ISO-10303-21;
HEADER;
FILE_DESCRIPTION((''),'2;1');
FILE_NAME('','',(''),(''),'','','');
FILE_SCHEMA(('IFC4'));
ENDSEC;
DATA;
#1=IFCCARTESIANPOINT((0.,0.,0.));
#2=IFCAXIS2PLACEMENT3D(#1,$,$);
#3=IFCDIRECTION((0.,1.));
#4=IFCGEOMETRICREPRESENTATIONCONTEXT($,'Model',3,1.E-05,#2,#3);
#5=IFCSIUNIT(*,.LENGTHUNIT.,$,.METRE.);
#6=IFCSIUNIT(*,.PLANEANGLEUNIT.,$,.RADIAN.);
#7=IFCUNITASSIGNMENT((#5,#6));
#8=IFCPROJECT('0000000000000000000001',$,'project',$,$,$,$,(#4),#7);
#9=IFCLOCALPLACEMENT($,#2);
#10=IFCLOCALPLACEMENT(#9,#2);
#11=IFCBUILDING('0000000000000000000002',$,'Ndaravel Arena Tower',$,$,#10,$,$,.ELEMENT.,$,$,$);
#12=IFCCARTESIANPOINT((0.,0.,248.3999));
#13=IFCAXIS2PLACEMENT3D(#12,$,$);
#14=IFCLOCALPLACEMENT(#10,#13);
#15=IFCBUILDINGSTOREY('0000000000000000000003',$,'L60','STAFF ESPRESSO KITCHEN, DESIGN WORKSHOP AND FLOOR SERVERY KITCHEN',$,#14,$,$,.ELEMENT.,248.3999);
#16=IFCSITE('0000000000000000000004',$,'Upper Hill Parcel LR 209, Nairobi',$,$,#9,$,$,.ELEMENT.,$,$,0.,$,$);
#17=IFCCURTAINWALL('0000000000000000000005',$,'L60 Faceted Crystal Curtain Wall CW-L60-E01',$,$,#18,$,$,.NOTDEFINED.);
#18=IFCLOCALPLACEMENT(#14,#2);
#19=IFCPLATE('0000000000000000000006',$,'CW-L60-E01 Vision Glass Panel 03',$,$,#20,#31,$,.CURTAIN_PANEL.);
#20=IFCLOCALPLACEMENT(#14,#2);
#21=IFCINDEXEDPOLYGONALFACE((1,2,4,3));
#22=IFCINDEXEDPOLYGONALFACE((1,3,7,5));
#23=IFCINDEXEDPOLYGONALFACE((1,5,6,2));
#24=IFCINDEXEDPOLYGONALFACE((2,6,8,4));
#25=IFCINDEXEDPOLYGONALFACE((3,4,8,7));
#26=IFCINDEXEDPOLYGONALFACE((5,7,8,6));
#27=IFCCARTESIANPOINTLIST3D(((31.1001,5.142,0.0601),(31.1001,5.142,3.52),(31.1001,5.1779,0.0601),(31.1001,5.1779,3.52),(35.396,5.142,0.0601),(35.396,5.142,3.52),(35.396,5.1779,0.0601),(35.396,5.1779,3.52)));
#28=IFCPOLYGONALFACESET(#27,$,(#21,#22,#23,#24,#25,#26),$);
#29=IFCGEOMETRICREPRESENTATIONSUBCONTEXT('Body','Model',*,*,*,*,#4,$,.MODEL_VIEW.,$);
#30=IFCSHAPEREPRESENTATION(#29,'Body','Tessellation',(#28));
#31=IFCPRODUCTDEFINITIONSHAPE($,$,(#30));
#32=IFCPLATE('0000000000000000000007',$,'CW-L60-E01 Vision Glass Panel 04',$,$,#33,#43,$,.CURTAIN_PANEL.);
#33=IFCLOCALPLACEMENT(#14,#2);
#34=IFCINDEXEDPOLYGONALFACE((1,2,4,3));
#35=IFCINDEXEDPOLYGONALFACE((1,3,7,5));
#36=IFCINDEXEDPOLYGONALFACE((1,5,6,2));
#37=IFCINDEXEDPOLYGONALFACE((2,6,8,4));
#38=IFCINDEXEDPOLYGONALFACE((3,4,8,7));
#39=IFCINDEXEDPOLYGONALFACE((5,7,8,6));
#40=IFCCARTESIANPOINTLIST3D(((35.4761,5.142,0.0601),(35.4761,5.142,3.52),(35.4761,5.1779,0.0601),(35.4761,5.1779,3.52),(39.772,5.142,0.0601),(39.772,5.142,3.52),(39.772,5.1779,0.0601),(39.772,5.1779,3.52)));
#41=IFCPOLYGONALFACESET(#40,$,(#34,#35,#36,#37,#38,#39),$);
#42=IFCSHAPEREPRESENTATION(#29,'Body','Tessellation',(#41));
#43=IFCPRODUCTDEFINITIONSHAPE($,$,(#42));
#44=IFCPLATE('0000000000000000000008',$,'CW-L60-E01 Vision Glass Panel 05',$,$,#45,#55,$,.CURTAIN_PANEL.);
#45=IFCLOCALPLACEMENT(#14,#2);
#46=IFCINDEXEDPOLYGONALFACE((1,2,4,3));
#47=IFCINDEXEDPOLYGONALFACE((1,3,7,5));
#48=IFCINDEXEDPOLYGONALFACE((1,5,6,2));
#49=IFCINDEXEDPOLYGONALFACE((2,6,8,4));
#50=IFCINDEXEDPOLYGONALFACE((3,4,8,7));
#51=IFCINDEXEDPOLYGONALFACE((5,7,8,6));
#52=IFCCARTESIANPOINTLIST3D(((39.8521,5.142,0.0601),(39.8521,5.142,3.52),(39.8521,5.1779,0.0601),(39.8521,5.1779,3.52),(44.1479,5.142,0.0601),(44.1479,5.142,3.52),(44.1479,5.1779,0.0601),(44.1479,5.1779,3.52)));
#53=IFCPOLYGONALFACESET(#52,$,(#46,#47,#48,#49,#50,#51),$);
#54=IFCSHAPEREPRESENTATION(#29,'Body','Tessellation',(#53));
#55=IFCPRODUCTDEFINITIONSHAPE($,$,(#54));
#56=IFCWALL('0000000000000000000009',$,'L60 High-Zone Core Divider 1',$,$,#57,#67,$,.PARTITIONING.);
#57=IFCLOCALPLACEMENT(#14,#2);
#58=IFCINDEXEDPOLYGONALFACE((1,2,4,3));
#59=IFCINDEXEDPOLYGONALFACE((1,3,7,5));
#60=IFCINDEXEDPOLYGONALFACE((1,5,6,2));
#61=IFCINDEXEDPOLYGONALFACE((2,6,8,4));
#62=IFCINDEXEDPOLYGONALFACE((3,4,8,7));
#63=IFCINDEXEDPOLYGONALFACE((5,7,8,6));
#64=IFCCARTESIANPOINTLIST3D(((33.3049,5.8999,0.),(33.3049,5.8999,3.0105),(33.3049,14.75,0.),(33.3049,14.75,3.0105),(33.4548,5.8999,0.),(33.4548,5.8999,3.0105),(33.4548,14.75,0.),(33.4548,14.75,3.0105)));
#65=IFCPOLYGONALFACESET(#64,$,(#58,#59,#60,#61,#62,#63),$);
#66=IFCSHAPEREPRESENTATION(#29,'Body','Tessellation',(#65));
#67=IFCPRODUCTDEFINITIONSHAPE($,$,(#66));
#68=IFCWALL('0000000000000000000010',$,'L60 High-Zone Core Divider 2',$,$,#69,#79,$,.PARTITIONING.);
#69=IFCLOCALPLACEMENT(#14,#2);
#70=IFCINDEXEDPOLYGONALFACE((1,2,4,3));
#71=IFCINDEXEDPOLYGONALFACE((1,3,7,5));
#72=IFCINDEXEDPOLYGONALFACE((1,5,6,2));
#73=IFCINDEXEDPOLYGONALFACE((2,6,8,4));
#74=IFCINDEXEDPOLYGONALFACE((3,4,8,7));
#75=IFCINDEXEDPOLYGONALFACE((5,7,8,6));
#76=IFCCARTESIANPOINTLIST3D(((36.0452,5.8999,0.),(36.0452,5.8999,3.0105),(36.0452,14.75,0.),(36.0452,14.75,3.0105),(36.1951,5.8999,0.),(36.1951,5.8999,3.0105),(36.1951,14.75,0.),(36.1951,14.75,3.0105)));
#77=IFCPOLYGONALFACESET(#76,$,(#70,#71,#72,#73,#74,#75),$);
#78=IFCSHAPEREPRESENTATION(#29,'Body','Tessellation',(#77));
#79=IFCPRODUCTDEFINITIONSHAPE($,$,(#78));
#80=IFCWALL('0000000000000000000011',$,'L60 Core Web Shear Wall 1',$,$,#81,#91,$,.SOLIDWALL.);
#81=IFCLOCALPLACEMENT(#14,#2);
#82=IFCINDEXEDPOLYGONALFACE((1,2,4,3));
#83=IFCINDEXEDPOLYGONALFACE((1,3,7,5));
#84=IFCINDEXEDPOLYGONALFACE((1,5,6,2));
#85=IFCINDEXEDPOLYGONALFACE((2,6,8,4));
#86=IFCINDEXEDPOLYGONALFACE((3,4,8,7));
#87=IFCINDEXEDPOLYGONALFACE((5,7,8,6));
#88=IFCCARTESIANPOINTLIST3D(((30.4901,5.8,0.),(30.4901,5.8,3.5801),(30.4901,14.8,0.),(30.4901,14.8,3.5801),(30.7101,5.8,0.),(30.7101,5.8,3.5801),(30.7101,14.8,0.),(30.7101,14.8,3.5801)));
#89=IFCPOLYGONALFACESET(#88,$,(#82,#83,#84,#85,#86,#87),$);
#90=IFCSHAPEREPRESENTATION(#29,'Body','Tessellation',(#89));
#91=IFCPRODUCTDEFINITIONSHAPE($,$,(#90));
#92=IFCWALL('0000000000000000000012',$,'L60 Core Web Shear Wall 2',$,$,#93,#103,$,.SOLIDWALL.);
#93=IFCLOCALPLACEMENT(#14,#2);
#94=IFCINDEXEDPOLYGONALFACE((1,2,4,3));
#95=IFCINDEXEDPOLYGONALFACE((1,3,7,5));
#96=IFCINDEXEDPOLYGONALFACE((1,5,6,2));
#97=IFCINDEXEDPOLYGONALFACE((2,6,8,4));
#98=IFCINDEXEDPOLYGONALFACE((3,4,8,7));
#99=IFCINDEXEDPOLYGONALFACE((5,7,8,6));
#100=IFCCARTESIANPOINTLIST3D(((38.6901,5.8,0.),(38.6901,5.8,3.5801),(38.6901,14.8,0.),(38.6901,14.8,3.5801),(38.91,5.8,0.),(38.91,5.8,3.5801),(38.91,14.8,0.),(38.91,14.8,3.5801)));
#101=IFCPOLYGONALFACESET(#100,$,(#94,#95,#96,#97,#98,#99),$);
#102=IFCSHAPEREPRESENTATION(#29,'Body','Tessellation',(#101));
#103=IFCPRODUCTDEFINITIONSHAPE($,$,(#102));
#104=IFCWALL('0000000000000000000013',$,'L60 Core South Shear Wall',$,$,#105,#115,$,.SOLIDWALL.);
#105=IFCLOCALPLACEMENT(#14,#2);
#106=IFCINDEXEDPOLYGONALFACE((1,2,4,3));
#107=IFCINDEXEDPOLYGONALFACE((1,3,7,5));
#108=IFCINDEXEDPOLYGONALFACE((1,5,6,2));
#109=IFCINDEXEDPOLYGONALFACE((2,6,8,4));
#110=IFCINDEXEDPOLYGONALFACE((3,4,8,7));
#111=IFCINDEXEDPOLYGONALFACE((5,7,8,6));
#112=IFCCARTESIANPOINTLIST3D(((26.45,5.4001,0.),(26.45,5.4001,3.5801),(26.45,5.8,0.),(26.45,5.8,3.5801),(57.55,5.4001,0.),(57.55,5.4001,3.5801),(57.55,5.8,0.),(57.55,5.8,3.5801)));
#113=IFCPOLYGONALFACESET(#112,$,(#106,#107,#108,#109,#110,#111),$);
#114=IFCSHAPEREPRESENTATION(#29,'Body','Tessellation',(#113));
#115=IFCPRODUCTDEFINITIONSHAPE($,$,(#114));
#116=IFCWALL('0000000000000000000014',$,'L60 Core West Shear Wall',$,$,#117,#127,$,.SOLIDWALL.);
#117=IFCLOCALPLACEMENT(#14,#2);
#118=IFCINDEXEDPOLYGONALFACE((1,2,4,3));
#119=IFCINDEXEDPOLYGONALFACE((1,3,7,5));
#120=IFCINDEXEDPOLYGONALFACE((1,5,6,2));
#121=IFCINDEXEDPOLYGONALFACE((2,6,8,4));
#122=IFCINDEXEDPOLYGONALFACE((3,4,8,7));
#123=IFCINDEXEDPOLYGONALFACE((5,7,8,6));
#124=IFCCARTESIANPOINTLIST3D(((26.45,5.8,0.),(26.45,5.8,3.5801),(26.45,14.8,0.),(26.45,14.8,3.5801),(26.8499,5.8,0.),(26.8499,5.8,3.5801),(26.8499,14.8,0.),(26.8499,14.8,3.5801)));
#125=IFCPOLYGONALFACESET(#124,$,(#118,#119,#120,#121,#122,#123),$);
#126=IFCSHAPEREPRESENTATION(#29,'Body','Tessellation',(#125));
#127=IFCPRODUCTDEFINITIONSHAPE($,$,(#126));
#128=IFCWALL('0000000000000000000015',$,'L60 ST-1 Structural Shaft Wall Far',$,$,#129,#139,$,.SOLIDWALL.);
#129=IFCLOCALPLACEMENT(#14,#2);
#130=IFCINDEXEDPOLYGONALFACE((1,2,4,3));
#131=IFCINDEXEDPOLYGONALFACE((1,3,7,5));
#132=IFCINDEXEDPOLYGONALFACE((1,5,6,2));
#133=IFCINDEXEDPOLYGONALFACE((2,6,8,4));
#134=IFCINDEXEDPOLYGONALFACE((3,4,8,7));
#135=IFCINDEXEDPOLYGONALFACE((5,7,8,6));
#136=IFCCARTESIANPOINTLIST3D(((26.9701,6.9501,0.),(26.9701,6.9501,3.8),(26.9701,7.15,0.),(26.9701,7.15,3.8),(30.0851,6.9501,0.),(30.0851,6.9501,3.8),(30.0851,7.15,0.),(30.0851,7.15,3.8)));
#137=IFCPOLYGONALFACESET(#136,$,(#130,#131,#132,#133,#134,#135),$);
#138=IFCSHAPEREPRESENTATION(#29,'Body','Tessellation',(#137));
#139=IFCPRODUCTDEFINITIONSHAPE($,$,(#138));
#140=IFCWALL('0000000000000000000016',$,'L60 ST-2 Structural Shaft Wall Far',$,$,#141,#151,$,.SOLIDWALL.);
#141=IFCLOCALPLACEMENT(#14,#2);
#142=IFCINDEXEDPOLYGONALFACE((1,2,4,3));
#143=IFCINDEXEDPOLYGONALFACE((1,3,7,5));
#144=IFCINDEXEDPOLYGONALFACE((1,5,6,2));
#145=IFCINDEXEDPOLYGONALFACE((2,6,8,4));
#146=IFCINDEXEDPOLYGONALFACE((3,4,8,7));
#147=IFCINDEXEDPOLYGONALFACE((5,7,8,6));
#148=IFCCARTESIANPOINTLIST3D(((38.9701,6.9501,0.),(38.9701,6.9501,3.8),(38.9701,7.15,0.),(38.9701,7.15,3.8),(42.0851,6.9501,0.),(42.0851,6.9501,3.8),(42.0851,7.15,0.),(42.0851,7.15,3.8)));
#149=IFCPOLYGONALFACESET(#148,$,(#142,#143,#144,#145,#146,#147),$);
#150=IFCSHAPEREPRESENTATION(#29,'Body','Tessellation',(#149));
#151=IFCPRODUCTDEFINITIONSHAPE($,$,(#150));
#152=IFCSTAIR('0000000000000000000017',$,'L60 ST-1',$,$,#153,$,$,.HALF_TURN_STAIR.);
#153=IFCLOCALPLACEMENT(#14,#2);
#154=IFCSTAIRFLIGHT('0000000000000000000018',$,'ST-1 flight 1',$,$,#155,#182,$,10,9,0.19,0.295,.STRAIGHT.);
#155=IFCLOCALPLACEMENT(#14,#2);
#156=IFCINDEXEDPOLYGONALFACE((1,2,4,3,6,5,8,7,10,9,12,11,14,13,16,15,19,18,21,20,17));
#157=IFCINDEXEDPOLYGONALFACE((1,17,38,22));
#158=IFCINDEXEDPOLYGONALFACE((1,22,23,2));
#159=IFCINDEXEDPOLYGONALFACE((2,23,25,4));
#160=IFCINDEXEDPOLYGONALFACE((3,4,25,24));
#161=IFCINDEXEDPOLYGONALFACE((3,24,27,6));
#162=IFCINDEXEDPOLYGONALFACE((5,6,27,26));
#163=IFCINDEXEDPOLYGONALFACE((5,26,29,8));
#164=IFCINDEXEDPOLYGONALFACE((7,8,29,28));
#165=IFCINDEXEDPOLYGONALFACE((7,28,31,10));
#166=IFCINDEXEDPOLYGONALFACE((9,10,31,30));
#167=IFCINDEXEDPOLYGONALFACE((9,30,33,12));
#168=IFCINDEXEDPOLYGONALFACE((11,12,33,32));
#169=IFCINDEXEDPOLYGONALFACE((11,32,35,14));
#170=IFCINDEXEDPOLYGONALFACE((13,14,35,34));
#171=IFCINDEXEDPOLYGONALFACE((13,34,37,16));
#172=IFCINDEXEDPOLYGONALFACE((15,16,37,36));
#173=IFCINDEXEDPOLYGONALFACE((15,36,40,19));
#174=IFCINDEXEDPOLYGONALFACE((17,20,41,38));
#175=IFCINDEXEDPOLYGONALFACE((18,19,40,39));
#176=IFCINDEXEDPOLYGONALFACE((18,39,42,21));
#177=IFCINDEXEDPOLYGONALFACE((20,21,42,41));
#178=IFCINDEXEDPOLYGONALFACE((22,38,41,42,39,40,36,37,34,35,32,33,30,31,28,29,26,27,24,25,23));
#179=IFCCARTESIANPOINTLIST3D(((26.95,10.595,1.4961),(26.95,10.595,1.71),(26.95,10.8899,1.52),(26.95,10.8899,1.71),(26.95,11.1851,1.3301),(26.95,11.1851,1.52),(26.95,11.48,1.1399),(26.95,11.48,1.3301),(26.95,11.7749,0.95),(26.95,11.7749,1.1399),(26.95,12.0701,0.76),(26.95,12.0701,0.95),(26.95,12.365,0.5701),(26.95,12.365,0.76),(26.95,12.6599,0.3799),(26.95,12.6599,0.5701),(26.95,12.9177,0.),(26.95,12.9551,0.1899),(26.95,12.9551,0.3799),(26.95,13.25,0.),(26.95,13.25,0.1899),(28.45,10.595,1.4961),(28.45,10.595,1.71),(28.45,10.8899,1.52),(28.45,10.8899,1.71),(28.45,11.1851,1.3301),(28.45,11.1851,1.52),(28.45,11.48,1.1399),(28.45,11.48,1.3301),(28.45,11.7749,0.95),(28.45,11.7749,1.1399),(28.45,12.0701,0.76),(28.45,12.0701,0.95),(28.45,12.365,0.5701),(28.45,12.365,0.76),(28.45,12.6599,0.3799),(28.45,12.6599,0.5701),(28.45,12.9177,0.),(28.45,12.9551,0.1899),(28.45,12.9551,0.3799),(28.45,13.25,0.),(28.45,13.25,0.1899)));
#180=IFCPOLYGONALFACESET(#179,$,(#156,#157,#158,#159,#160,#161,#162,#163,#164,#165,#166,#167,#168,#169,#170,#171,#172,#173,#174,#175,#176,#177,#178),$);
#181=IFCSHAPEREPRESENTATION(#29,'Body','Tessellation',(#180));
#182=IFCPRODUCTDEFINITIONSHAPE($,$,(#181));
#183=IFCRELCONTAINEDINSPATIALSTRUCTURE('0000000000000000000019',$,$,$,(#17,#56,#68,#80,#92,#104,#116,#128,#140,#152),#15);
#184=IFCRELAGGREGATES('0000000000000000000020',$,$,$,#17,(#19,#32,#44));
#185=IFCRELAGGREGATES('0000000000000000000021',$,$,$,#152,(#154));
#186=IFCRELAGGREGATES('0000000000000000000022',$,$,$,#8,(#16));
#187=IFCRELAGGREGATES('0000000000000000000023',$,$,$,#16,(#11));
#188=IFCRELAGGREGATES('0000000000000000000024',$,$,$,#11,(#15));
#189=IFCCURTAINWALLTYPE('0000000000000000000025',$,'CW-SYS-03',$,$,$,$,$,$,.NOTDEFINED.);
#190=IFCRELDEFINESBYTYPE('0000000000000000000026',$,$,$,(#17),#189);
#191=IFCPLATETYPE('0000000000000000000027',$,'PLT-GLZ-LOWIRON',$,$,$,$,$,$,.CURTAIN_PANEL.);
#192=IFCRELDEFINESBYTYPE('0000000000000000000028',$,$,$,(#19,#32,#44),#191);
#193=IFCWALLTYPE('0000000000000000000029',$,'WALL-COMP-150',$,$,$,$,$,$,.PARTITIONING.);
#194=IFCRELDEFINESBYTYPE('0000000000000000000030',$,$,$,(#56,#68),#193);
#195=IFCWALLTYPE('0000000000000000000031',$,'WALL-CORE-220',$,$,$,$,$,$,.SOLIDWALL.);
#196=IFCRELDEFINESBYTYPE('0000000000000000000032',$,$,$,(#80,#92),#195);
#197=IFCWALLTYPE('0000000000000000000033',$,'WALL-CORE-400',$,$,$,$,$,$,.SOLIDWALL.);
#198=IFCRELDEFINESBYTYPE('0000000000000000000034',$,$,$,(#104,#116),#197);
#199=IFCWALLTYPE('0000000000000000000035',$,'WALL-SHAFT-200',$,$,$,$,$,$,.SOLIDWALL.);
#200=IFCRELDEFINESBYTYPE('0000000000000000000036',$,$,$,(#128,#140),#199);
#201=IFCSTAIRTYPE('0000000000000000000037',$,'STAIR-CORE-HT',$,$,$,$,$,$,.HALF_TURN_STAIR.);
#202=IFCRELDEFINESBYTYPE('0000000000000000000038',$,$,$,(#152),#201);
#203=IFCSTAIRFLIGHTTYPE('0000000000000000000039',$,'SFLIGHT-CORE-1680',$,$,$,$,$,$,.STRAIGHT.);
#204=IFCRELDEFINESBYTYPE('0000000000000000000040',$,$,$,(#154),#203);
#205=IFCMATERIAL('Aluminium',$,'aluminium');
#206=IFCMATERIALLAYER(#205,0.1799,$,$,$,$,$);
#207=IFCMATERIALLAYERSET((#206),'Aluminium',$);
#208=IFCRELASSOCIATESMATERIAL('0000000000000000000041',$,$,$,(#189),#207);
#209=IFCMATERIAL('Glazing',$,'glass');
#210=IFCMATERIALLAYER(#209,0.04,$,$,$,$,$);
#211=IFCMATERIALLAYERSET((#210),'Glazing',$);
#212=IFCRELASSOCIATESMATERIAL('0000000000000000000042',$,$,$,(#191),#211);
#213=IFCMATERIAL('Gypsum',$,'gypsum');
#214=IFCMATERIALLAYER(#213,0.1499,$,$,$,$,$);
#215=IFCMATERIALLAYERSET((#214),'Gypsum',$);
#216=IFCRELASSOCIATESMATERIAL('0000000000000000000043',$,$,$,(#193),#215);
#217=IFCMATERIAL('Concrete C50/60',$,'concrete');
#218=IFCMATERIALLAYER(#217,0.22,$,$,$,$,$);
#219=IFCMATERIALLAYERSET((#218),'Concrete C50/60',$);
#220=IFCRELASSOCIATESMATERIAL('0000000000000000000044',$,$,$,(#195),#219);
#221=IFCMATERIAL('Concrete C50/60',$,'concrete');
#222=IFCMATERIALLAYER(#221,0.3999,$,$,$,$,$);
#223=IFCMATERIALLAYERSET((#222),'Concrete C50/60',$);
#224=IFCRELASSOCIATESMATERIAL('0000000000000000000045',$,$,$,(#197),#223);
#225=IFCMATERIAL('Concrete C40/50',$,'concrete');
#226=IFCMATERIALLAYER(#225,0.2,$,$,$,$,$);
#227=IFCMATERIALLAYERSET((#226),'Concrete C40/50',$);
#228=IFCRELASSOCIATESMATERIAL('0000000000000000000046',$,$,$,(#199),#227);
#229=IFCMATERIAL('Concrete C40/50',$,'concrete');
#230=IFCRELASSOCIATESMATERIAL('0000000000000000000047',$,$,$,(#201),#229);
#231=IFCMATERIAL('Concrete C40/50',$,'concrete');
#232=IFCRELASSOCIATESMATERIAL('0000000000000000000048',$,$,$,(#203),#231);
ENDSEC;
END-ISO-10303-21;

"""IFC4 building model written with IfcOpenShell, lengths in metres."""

from ifc_helpers import new_model, si_unit, direction, frame, frame_2d, origin, origin_2d, place, context, subcontext, project, spatial, polyline, rectangle, outline, extrude, material, layer, layer_set, type_object, element, aggregate, save


model = new_model("IFC4")

# Units and contexts
model_context = context("Model", 3, precision=1e-05, world=origin(), true_north=direction((0.0, 1.0)))
body_context = subcontext(model_context, "Body", "Model", "MODEL_VIEW")
ifc_project = project(units=[si_unit("LENGTHUNIT", "METRE"), si_unit("PLANEANGLEUNIT", "RADIAN")], contexts=[model_context])

# Site, building, storey
site_placement = place(None, origin())
site = spatial("IfcSite", under=ifc_project, at=site_placement, Name="Upper Hill Parcel LR 209, Nairobi", CompositionType="ELEMENT", RefElevation=0.0)
building_placement = place(site_placement, origin())
building = spatial("IfcBuilding", under=site, at=building_placement, Name="Ndaravel Arena Tower", CompositionType="ELEMENT")
storey_placement = place(building_placement, frame((0.0, 0.0, 248.3999)))
storey = spatial("IfcBuildingStorey", under=building, at=storey_placement, Name="L60", Description="STAFF ESPRESSO KITCHEN, DESIGN WORKSHOP AND FLOOR SERVERY KITCHEN", CompositionType="ELEMENT", Elevation=248.3999)

# Curtain wall, plates
ifc_material_1 = material(Name="Aluminium", Category="aluminium")
ifc_layer_1 = layer(ifc_material_1, 0.1799)
ifc_layer_set_1 = layer_set([ifc_layer_1], Name="Aluminium")
curtain_wall_type = type_object("IfcCurtainWallType", Name="CW-SYS-03", PredefinedType="NOTDEFINED", material=ifc_layer_set_1)
curtain_wall_placement = place(storey_placement, origin())
curtain_wall = element("IfcCurtainWall", 1, at=curtain_wall_placement, inside=storey, type_object=curtain_wall_type, Name="L60 Faceted Crystal Curtain Wall CW-L60-E01", PredefinedType="NOTDEFINED")
ifc_material_2 = material(Name="Glazing", Category="glass")
ifc_layer_2 = layer(ifc_material_2, 0.04)
ifc_layer_set_2 = layer_set([ifc_layer_2], Name="Glazing")
plate_type = type_object("IfcPlateType", Name="PLT-GLZ-LOWIRON", PredefinedType="CURTAIN_PANEL", material=ifc_layer_set_2)
plate_1_placement = place(storey_placement, frame((33.248, 5.1599, 0.0601), z_axis=(0.0, 0.0, 1.0), x_axis=(1.0, 0.0, 0.0)))
plate_1 = element("IfcPlate", 2, at=plate_1_placement, type_object=plate_type, Name="CW-L60-E01 Vision Glass Panel 03", PredefinedType="CURTAIN_PANEL", context=body_context, shape_type="SweptSolid", body=[
    extrude(rectangle(XDim=4.2959, YDim=0.0359, at=origin_2d()), origin(), (0.0, 0.0, 1.0), 3.46),
])
plate_2_placement = place(storey_placement, frame((37.624, 5.1599, 0.0601), z_axis=(0.0, 0.0, 1.0), x_axis=(1.0, 0.0, 0.0)))
plate_2 = element("IfcPlate", 3, at=plate_2_placement, type_object=plate_type, Name="CW-L60-E01 Vision Glass Panel 04", PredefinedType="CURTAIN_PANEL", context=body_context, shape_type="SweptSolid", body=[
    extrude(rectangle(XDim=4.2959, YDim=0.0359, at=origin_2d()), origin(), (0.0, 0.0, 1.0), 3.46),
])
plate_3_placement = place(storey_placement, frame((42.0, 5.1599, 0.0601), z_axis=(0.0, 0.0, 1.0), x_axis=(1.0, 0.0, 0.0)))
plate_3 = element("IfcPlate", 4, at=plate_3_placement, type_object=plate_type, Name="CW-L60-E01 Vision Glass Panel 05", PredefinedType="CURTAIN_PANEL", context=body_context, shape_type="SweptSolid", body=[
    extrude(rectangle(XDim=4.2959, YDim=0.0359, at=origin_2d()), origin(), (0.0, 0.0, 1.0), 3.46),
])
aggregate(curtain_wall, [plate_1, plate_2, plate_3])

# Walls
ifc_material_3 = material(Name="Gypsum", Category="gypsum")
ifc_layer_3 = layer(ifc_material_3, 0.1499)
ifc_layer_set_3 = layer_set([ifc_layer_3], Name="Gypsum")
wall_type_1 = type_object("IfcWallType", Name="WALL-COMP-150", PredefinedType="PARTITIONING", material=ifc_layer_set_3)
for number, where, z_axis, x_axis, name in (
    (5, (33.3799, 5.8999, 0.0), (0.0, 0.0, 1.0), (0.0, 1.0, 0.0), "L60 High-Zone Core Divider 1"),
    (6, (36.1201, 5.8999, 0.0), (0.0, 0.0, 1.0), (0.0, 1.0, 0.0), "L60 High-Zone Core Divider 2"),
):
    element("IfcWall", number, at=place(storey_placement, frame(where, z_axis=z_axis, x_axis=x_axis)), inside=storey, type_object=wall_type_1, Name=name, PredefinedType="PARTITIONING", context=body_context, shape_type="SweptSolid", body=[
        extrude(rectangle(XDim=8.8501, YDim=0.1499, at=frame_2d((4.425, 0.0))), origin(), (0.0, 0.0, 1.0), 3.0105),
    ])
ifc_material_4 = material(Name="Concrete C50/60", Category="concrete")
ifc_layer_4 = layer(ifc_material_4, 0.22)
ifc_layer_set_4 = layer_set([ifc_layer_4], Name="Concrete C50/60")
wall_type_2 = type_object("IfcWallType", Name="WALL-CORE-220", PredefinedType="SOLIDWALL", material=ifc_layer_set_4)
for number, where, z_axis, x_axis, name in (
    (7, (30.6001, 5.8, 0.0), (0.0, 0.0, 1.0), (0.0, 1.0, 0.0), "L60 Core Web Shear Wall 1"),
    (8, (38.8, 5.8, 0.0), (0.0, 0.0, 1.0), (0.0, 1.0, 0.0), "L60 Core Web Shear Wall 2"),
):
    element("IfcWall", number, at=place(storey_placement, frame(where, z_axis=z_axis, x_axis=x_axis)), inside=storey, type_object=wall_type_2, Name=name, PredefinedType="SOLIDWALL", context=body_context, shape_type="SweptSolid", body=[
        extrude(rectangle(XDim=9.0, YDim=0.22, at=frame_2d((4.5, 0.0))), origin(), (0.0, 0.0, 1.0), 3.5801),
    ])
ifc_material_5 = material(Name="Concrete C50/60", Category="concrete")
ifc_layer_5 = layer(ifc_material_5, 0.3999)
ifc_layer_set_5 = layer_set([ifc_layer_5], Name="Concrete C50/60")
wall_type_3 = type_object("IfcWallType", Name="WALL-CORE-400", PredefinedType="SOLIDWALL", material=ifc_layer_set_5)
wall_1_placement = place(storey_placement, frame((26.45, 5.6001, 0.0), z_axis=(0.0, 0.0, 1.0), x_axis=(1.0, 0.0, 0.0)))
element("IfcWall", 9, at=wall_1_placement, inside=storey, type_object=wall_type_3, Name="L60 Core South Shear Wall", PredefinedType="SOLIDWALL", context=body_context, shape_type="SweptSolid", body=[
    extrude(rectangle(XDim=31.1001, YDim=0.3999, at=frame_2d((15.55, 0.0))), origin(), (0.0, 0.0, 1.0), 3.5801),
])
wall_2_placement = place(storey_placement, frame((26.6499, 5.8, 0.0), z_axis=(0.0, 0.0, 1.0), x_axis=(0.0, 1.0, 0.0)))
element("IfcWall", 10, at=wall_2_placement, inside=storey, type_object=wall_type_3, Name="L60 Core West Shear Wall", PredefinedType="SOLIDWALL", context=body_context, shape_type="SweptSolid", body=[
    extrude(rectangle(XDim=9.0, YDim=0.3999, at=frame_2d((4.5, 0.0))), origin(), (0.0, 0.0, 1.0), 3.5801),
])
ifc_material_6 = material(Name="Concrete C40/50", Category="concrete")
ifc_layer_6 = layer(ifc_material_6, 0.2)
ifc_layer_set_6 = layer_set([ifc_layer_6], Name="Concrete C40/50")
wall_type_4 = type_object("IfcWallType", Name="WALL-SHAFT-200", PredefinedType="SOLIDWALL", material=ifc_layer_set_6)
for number, where, z_axis, x_axis, name in (
    (11, (26.97, 7.05, 0.0), (0.0, 0.0, 1.0), (1.0, 0.0, 0.0), "L60 ST-1 Structural Shaft Wall Far"),
    (12, (38.97, 7.05, 0.0), (0.0, 0.0, 1.0), (1.0, 0.0, 0.0), "L60 ST-2 Structural Shaft Wall Far"),
):
    element("IfcWall", number, at=place(storey_placement, frame(where, z_axis=z_axis, x_axis=x_axis)), inside=storey, type_object=wall_type_4, Name=name, PredefinedType="SOLIDWALL", context=body_context, shape_type="SweptSolid", body=[
        extrude(rectangle(XDim=3.115, YDim=0.2, at=frame_2d((1.5576, 0.0))), origin(), (0.0, 0.0, 1.0), 3.8),
    ])

# Stair, stair flight
ifc_material_7 = material(Name="Concrete C40/50", Category="concrete")
stair_type = type_object("IfcStairType", Name="STAIR-CORE-HT", PredefinedType="HALF_TURN_STAIR", material=ifc_material_7)
stair_1_placement = place(storey_placement, origin())
stair_1 = element("IfcStair", 13, at=stair_1_placement, inside=storey, type_object=stair_type, Name="L60 ST-1", PredefinedType="HALF_TURN_STAIR")
ifc_material_8 = material(Name="Concrete C40/50", Category="concrete")
stair_flight_type = type_object("IfcStairFlightType", Name="SFLIGHT-CORE-1680", PredefinedType="STRAIGHT", material=ifc_material_8)
stair_flight_1_placement = place(storey_placement, frame((27.7, 13.25, 0.0), z_axis=(0.0, 0.0, 1.0), x_axis=(0.0, -1.0, 0.0)))
stair_flight_1 = element("IfcStairFlight", 14, at=stair_flight_1_placement, type_object=stair_flight_type, Name="ST-1 flight 1", NumberOfRisers=10, NumberOfTreads=9, PredefinedType="STRAIGHT", RiserHeight=0.19, TreadLength=0.295, context=body_context, shape_type="SweptSolid", body=[
    extrude(outline(polyline([(0.0, 0.0), (0.0, 0.1899), (0.2949, 0.1899), (0.2949, 0.3799), (0.5901, 0.3799), (0.5901, 0.5701), (0.885, 0.5701), (0.885, 0.76), (1.1799, 0.76), (1.1799, 0.95), (1.4751, 0.95), (1.4751, 1.1399), (1.77, 1.1399), (1.77, 1.3301), (2.0649, 1.3301), (2.0649, 1.52), (2.3601, 1.52), (2.3601, 1.71), (2.655, 1.71), (2.655, 1.8999), (2.655, 1.4961), (0.3323, 0.0), (0.0, 0.0)])), frame((0.0, 0.75, 0.0), z_axis=(0.0, -1.0, 0.0), x_axis=(1.0, 0.0, 0.0)), (0.0, 0.0, 1.0), 1.5),
])
aggregate(stair_1, [stair_flight_1])

save(model, "model.ifc")
